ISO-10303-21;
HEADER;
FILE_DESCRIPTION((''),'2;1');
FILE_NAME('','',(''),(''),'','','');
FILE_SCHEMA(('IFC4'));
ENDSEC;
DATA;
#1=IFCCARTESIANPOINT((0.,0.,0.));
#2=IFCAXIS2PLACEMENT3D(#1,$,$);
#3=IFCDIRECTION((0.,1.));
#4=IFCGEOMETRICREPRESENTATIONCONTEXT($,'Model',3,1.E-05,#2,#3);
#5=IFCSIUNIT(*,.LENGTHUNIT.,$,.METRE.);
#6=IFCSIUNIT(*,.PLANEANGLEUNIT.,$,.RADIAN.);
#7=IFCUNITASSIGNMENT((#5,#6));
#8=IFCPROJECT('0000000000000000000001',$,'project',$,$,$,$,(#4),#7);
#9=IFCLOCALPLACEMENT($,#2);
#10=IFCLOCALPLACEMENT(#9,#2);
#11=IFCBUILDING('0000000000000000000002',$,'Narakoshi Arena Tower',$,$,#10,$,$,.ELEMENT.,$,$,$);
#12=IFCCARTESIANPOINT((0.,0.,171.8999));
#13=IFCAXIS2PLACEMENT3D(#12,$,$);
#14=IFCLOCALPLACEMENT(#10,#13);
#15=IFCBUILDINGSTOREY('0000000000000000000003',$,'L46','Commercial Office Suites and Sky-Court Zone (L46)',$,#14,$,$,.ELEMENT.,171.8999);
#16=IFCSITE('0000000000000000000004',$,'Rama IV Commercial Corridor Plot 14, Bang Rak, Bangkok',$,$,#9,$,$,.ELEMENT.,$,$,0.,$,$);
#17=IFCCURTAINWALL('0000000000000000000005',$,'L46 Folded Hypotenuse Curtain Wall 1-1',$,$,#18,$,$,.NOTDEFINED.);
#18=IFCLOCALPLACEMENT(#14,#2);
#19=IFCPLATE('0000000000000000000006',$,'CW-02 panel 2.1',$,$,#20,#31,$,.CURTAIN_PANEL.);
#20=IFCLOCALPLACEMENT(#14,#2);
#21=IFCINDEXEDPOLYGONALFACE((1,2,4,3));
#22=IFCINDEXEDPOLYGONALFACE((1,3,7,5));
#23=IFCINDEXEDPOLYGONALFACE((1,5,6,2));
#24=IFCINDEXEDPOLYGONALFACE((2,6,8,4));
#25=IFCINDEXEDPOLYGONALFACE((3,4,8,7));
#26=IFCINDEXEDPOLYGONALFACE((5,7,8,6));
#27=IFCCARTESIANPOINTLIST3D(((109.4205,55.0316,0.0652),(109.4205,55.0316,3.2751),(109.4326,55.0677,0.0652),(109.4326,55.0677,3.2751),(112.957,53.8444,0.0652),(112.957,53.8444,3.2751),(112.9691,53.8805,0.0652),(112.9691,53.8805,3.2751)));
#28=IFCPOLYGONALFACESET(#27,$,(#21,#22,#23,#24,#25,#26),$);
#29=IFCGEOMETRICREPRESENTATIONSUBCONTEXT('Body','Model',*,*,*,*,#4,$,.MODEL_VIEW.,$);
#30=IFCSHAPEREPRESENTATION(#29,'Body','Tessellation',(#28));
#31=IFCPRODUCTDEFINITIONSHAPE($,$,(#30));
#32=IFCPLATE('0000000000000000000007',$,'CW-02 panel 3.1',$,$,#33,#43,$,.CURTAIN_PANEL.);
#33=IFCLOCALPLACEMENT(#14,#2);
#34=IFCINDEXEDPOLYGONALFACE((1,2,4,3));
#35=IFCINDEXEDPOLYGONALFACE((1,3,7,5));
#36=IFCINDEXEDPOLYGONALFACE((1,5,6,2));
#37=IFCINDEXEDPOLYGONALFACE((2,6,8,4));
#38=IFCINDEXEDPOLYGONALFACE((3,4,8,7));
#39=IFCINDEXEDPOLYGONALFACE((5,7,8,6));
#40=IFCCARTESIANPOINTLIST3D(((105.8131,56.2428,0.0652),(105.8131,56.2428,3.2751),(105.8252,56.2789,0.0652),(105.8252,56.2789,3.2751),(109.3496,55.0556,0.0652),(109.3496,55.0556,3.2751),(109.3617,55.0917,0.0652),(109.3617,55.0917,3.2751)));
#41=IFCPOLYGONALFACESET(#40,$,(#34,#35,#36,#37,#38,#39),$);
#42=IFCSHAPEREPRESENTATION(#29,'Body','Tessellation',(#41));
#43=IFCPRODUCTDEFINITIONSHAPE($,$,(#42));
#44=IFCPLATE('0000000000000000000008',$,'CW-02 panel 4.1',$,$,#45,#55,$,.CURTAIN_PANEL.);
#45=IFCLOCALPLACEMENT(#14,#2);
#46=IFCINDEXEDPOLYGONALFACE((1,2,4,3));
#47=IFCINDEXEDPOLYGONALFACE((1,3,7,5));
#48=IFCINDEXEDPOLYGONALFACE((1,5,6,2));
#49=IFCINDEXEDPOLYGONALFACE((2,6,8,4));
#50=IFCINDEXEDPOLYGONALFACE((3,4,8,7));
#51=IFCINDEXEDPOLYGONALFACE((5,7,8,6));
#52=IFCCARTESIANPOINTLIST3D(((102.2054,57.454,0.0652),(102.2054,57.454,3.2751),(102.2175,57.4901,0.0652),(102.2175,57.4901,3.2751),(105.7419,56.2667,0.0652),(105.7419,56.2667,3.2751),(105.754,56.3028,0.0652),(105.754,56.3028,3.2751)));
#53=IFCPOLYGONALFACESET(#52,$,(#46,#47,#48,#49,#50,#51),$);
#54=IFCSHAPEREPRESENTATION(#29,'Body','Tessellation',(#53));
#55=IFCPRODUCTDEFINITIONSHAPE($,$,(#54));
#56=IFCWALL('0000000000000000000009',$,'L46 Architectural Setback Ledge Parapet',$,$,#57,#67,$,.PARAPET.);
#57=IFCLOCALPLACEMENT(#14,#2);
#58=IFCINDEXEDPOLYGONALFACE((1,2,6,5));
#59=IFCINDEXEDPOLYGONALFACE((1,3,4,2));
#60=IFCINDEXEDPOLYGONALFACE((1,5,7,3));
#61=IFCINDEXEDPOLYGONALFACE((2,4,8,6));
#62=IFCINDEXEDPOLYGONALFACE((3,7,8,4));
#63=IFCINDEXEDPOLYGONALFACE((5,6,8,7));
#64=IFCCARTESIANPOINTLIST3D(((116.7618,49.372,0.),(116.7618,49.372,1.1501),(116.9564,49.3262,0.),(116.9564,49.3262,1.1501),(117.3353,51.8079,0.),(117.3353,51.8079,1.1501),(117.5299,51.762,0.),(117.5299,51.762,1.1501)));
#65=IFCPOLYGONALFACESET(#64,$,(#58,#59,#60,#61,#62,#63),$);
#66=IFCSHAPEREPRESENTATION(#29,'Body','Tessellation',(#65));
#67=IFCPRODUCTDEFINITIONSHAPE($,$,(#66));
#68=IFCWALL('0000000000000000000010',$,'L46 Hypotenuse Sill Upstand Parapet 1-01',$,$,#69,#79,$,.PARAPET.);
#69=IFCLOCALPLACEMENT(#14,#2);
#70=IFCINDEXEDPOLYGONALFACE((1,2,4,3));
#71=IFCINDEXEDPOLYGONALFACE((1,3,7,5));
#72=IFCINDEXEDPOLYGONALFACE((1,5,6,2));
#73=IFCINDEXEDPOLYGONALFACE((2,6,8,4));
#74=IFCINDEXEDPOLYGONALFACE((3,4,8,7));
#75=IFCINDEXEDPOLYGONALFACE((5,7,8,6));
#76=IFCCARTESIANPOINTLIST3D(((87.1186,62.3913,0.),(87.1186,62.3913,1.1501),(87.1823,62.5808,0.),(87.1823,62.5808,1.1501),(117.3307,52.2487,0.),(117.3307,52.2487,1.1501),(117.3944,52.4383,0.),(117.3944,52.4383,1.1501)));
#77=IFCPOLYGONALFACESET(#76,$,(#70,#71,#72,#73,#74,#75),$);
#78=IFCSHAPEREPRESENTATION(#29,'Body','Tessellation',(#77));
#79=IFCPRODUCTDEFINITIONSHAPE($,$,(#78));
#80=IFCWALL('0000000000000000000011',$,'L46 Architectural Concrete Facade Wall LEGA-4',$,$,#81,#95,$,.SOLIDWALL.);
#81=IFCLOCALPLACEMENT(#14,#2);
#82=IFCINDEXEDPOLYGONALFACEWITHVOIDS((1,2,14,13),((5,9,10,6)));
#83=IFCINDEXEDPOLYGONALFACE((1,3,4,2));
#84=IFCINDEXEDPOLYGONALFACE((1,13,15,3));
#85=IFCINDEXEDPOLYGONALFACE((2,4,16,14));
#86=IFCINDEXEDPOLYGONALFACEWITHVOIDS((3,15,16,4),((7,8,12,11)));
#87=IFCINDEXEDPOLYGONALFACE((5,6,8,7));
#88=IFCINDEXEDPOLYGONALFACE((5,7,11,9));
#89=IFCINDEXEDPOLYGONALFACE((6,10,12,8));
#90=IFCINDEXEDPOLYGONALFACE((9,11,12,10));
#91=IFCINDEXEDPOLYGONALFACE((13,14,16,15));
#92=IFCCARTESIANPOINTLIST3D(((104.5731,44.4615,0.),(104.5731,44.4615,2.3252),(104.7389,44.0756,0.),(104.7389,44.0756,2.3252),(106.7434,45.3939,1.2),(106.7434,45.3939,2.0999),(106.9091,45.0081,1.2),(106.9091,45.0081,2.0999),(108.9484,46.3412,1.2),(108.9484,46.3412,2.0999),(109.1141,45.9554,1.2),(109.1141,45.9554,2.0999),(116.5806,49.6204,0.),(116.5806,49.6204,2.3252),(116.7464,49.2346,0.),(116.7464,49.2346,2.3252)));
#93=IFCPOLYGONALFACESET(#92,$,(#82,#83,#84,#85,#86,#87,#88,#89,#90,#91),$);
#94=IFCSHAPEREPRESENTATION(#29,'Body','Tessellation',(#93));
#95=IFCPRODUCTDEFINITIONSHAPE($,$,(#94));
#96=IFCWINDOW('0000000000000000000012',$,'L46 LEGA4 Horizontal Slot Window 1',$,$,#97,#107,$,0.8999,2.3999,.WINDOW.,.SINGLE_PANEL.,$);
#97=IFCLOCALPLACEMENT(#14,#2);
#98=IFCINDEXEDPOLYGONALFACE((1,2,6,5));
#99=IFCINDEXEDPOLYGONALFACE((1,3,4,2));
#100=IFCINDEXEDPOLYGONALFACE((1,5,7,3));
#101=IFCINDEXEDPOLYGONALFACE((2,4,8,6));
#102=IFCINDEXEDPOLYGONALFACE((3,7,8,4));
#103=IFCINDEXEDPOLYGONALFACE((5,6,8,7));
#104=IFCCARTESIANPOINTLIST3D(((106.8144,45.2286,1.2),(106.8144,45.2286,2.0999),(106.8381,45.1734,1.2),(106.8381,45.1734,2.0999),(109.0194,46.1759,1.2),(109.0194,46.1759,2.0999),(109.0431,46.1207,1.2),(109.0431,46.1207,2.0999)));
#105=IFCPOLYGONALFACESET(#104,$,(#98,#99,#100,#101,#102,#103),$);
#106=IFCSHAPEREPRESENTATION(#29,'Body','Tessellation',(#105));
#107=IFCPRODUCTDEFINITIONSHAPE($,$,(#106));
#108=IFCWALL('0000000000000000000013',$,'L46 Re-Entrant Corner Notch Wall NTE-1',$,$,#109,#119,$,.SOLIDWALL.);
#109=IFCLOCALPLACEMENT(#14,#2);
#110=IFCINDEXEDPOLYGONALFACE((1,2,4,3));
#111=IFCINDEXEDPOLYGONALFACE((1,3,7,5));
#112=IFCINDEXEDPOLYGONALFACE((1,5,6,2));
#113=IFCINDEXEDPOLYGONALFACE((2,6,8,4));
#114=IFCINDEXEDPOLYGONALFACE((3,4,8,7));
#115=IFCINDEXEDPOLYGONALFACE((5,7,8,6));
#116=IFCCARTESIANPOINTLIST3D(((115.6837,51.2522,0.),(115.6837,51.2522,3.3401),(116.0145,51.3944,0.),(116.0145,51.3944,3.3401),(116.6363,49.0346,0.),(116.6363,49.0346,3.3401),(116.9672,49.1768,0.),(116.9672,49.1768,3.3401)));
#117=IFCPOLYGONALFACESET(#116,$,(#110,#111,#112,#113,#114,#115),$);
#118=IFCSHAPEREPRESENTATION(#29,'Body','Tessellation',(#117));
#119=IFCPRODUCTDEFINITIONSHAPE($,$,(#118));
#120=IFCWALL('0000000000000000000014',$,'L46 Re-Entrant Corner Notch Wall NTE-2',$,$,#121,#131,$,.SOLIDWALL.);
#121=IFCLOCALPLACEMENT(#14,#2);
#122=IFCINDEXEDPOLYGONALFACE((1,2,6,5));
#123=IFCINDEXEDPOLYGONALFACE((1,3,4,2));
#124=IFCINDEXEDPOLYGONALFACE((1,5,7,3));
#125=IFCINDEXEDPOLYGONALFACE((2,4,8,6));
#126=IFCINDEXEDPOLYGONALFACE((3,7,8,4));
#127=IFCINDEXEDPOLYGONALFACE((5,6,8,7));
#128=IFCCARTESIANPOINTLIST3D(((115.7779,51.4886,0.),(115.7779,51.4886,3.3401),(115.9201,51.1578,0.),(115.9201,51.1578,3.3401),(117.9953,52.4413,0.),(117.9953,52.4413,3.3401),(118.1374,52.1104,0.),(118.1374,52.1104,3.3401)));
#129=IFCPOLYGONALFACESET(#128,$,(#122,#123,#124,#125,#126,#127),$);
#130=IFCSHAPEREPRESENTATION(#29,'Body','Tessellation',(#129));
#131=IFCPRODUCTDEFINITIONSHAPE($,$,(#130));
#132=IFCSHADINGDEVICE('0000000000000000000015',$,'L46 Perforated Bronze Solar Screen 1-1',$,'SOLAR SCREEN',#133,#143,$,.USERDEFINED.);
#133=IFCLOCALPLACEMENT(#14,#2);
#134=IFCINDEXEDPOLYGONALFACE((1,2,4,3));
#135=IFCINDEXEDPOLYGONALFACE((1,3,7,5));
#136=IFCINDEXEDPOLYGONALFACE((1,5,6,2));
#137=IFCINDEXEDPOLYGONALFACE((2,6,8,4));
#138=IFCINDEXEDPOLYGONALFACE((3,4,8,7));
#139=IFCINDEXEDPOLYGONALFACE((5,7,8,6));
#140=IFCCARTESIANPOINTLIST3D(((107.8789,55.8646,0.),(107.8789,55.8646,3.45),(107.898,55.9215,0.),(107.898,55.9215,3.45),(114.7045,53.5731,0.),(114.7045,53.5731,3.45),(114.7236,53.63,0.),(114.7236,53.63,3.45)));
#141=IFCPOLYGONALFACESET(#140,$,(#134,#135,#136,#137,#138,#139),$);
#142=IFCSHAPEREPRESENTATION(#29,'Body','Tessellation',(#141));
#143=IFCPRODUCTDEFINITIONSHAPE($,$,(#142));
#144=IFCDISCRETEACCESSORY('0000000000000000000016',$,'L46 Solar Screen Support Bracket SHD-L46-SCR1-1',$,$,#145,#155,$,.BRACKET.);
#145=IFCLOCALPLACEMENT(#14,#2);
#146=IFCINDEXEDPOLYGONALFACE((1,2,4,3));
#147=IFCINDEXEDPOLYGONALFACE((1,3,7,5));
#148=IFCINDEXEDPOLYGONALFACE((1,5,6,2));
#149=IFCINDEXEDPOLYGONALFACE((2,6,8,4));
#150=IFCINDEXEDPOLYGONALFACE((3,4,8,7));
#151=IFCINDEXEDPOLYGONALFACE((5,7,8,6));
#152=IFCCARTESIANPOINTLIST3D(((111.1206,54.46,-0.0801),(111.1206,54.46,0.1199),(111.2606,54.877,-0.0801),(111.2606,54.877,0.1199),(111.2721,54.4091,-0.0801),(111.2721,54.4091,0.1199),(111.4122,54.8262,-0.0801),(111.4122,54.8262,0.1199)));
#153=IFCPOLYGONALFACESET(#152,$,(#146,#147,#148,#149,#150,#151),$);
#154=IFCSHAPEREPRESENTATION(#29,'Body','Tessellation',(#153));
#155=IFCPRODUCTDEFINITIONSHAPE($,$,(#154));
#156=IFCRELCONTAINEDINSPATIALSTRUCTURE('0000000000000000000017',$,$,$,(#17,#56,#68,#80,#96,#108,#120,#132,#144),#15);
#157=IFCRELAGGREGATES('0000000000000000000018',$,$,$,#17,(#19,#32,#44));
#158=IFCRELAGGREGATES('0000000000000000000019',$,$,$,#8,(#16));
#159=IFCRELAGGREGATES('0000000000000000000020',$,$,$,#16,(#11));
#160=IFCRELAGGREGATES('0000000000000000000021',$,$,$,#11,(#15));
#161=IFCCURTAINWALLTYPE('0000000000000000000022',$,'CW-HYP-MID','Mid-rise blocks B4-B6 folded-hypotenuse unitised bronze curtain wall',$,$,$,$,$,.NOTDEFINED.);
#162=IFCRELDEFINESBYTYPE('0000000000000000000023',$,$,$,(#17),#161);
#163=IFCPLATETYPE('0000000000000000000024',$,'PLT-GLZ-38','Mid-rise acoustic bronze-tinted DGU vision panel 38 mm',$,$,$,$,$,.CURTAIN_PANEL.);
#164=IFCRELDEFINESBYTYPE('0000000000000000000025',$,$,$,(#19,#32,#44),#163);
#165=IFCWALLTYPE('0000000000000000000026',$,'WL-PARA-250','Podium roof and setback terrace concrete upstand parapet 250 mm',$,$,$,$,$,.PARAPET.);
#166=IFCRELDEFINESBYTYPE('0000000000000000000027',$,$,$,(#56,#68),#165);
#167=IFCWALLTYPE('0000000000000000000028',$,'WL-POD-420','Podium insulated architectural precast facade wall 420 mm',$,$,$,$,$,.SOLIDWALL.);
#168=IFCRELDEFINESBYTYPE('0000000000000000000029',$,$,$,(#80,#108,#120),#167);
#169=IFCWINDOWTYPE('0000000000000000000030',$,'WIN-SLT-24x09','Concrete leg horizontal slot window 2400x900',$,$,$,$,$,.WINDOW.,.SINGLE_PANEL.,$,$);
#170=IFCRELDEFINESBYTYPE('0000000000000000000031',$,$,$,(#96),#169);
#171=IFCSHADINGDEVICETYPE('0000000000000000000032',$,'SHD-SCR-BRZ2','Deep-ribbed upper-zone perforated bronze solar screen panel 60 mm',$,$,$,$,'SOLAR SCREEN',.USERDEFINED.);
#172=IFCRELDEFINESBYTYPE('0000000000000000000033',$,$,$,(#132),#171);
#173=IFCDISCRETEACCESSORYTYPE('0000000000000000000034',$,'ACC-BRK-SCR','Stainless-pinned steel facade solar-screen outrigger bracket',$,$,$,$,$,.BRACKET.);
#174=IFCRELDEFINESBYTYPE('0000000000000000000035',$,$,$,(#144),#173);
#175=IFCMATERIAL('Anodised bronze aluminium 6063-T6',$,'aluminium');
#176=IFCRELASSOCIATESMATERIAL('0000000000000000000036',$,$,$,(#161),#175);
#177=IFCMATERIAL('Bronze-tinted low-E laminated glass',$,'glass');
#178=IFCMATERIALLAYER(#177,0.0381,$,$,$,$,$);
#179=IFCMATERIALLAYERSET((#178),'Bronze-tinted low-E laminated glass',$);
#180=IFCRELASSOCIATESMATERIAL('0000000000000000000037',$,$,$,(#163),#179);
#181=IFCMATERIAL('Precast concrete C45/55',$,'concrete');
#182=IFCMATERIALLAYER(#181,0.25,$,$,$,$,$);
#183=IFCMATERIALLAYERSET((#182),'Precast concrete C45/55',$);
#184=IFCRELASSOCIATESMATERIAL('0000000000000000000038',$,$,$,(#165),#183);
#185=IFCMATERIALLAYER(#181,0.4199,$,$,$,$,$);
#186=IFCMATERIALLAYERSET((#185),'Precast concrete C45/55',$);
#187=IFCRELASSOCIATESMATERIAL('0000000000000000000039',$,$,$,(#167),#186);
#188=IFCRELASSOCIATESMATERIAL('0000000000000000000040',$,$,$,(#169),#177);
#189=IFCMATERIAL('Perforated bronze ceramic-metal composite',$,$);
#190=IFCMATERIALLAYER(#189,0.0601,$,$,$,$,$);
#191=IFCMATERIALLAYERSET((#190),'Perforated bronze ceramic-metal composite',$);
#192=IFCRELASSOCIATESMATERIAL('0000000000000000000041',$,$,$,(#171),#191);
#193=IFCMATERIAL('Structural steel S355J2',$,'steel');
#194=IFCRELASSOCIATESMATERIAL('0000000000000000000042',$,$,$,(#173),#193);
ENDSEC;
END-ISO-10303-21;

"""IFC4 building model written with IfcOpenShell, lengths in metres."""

from ifc_helpers import new_model, si_unit, direction, frame, frame_2d, origin, origin_2d, place, context, subcontext, project, spatial, rectangle, extrude, material, layer, layer_set, type_object, element, fill, aggregate, save


model = new_model("IFC4")

# Units and contexts
model_context = context("Model", 3, precision=1e-05, world=origin(), true_north=direction((0.0, 1.0)))
body_context = subcontext(model_context, "Body", "Model", "MODEL_VIEW")
ifc_project = project(units=[si_unit("LENGTHUNIT", "METRE"), si_unit("PLANEANGLEUNIT", "RADIAN")], contexts=[model_context])

# Site, building, storey
site_placement = place(None, origin())
site = spatial("IfcSite", under=ifc_project, at=site_placement, Name="Rama IV Commercial Corridor Plot 14, Bang Rak, Bangkok", CompositionType="ELEMENT", RefElevation=0.0)
building_placement = place(site_placement, origin())
building = spatial("IfcBuilding", under=site, at=building_placement, Name="Narakoshi Arena Tower", CompositionType="ELEMENT")
storey_placement = place(building_placement, frame((0.0, 0.0, 171.8999)))
storey = spatial("IfcBuildingStorey", under=building, at=storey_placement, Name="L46", Description="Commercial Office Suites and Sky-Court Zone (L46)", CompositionType="ELEMENT", Elevation=171.8999)

# Curtain wall, plates
ifc_material_1 = material(Name="Anodised bronze aluminium 6063-T6", Category="aluminium")
curtain_wall_type = type_object("IfcCurtainWallType", Name="CW-HYP-MID", Description="Mid-rise blocks B4-B6 folded-hypotenuse unitised bronze curtain wall", PredefinedType="NOTDEFINED", material=ifc_material_1)
curtain_wall_placement = place(storey_placement, origin())
curtain_wall = element("IfcCurtainWall", 1, at=curtain_wall_placement, inside=storey, type_object=curtain_wall_type, Name="L46 Folded Hypotenuse Curtain Wall 1-1", PredefinedType="NOTDEFINED")
ifc_material_2 = material(Name="Bronze-tinted low-E laminated glass", Category="glass")
ifc_layer_1 = layer(ifc_material_2, 0.0381)
ifc_layer_set_1 = layer_set([ifc_layer_1], Name="Bronze-tinted low-E laminated glass")
plate_type = type_object("IfcPlateType", Name="PLT-GLZ-38", Description="Mid-rise acoustic bronze-tinted DGU vision panel 38 mm", PredefinedType="CURTAIN_PANEL", material=ifc_layer_set_1)
plate_1_placement = place(storey_placement, frame((111.1948, 54.4561, 0.0652), z_axis=(0.0, 0.0, 1.0), x_axis=(-0.948003, 0.318261, 0.0)))
plate_1 = element("IfcPlate", 2, at=plate_1_placement, type_object=plate_type, Name="CW-02 panel 2.1", PredefinedType="CURTAIN_PANEL", context=body_context, shape_type="SweptSolid", body=[
    extrude(rectangle(XDim=3.7305, YDim=0.0381, at=origin_2d()), origin(), (0.0, 0.0, 1.0), 3.21),
])
plate_2_placement = place(storey_placement, frame((107.5874, 55.6672, 0.0652), z_axis=(0.0, 0.0, 1.0), x_axis=(-0.948003, 0.318261, 0.0)))
plate_2 = element("IfcPlate", 3, at=plate_2_placement, type_object=plate_type, Name="CW-02 panel 3.1", PredefinedType="CURTAIN_PANEL", context=body_context, shape_type="SweptSolid", body=[
    extrude(rectangle(XDim=3.7305, YDim=0.0381, at=origin_2d()), origin(), (0.0, 0.0, 1.0), 3.21),
])
plate_3_placement = place(storey_placement, frame((103.9797, 56.8784, 0.0652), z_axis=(0.0, 0.0, 1.0), x_axis=(-0.948003, 0.318261, 0.0)))
plate_3 = element("IfcPlate", 4, at=plate_3_placement, type_object=plate_type, Name="CW-02 panel 4.1", PredefinedType="CURTAIN_PANEL", context=body_context, shape_type="SweptSolid", body=[
    extrude(rectangle(XDim=3.7305, YDim=0.0381, at=origin_2d()), origin(), (0.0, 0.0, 1.0), 3.21),
])
aggregate(curtain_wall, [plate_1, plate_2, plate_3])

# Walls
ifc_material_3 = material(Name="Precast concrete C45/55", Category="concrete")
ifc_layer_2 = layer(ifc_material_3, 0.25)
ifc_layer_set_2 = layer_set([ifc_layer_2], Name="Precast concrete C45/55")
wall_type_1 = type_object("IfcWallType", Name="WL-PARA-250", Description="Podium roof and setback terrace concrete upstand parapet 250 mm", PredefinedType="PARAPET", material=ifc_layer_set_2)
wall_1_placement = place(storey_placement, frame((116.8591, 49.3491, 0.0), z_axis=(0.0, 0.0, 1.0), x_axis=(0.229175, 0.973385, 0.0)))
element("IfcWall", 5, at=wall_1_placement, inside=storey, type_object=wall_type_1, Name="L46 Architectural Setback Ledge Parapet", PredefinedType="PARAPET", context=body_context, shape_type="SweptSolid", body=[
    extrude(rectangle(XDim=2.5024, YDim=0.2, at=frame_2d((1.2512, 0.0))), origin(), (0.0, 0.0, 1.0), 1.1501),
])
wall_2_placement = place(storey_placement, frame((117.3625, 52.3435, 0.0), z_axis=(0.0, 0.0, 1.0), x_axis=(-0.948005, 0.318256, 0.0)))
element("IfcWall", 6, at=wall_2_placement, inside=storey, type_object=wall_type_1, Name="L46 Hypotenuse Sill Upstand Parapet 1-01", PredefinedType="PARAPET", context=body_context, shape_type="SweptSolid", body=[
    extrude(rectangle(XDim=31.8691, YDim=0.2, at=frame_2d((15.9346, 0.0))), origin(), (0.0, 0.0, 1.0), 1.1501),
])

# Wall, opening, window
ifc_layer_3 = layer(ifc_material_3, 0.4199)
ifc_layer_set_3 = layer_set([ifc_layer_3], Name="Precast concrete C45/55")
wall_type_2 = type_object("IfcWallType", Name="WL-POD-420", Description="Podium insulated architectural precast facade wall 420 mm", PredefinedType="SOLIDWALL", material=ifc_layer_set_3)
wall_3_placement = place(storey_placement, frame((104.656, 44.2686, 0.0), z_axis=(0.0, 0.0, 1.0), x_axis=(0.918789, 0.394749, 0.0)))
wall_3 = element("IfcWall", 7, at=wall_3_placement, inside=storey, type_object=wall_type_2, Name="L46 Architectural Concrete Facade Wall LEGA-4", PredefinedType="SOLIDWALL", context=body_context, shape_type="SweptSolid", body=[
    extrude(rectangle(XDim=13.0688, YDim=0.4199, at=frame_2d((6.5344, 0.0))), origin(), (0.0, 0.0, 1.0), 2.3252),
])
opening_placement = place(wall_3_placement, frame((2.3621, 0.0, 1.2)))
opening = element("IfcOpeningElement", 8, at=opening_placement, cuts=wall_3, PredefinedType="OPENING", context=body_context, shape_type="SweptSolid", body=[
    extrude(rectangle(XDim=2.3999, YDim=0.8999, at=frame_2d((1.2, 0.45))), frame((0.0, 0.22, 0.0), z_axis=(0.0, -1.0, 0.0), x_axis=(1.0, 0.0, 0.0)), (0.0, 0.0, 1.0), 0.4399),
])
window_type = type_object("IfcWindowType", Name="WIN-SLT-24x09", Description="Concrete leg horizontal slot window 2400x900", PartitioningType="SINGLE_PANEL", PredefinedType="WINDOW", material=ifc_material_2)
window_placement = place(opening_placement, origin())
window = element("IfcWindow", 9, at=window_placement, inside=storey, type_object=window_type, Name="L46 LEGA4 Horizontal Slot Window 1", OverallHeight=0.8999, OverallWidth=2.3999, PartitioningType="SINGLE_PANEL", PredefinedType="WINDOW", context=body_context, shape_type="SweptSolid", body=[
    extrude(rectangle(XDim=2.3999, YDim=0.8999, at=frame_2d((1.2, 0.45))), frame((0.0, 0.03, 0.0), z_axis=(0.0, -1.0, 0.0), x_axis=(1.0, 0.0, 0.0)), (0.0, 0.0, 1.0), 0.0601),
])
fill(opening, window)

# Walls
wall_4_placement = place(storey_placement, frame((116.8018, 49.1057, 0.0), z_axis=(0.0, 0.0, 1.0), x_axis=(-0.394713, 0.918805, 0.0)))
element("IfcWall", 10, at=wall_4_placement, inside=storey, type_object=wall_type_2, Name="L46 Re-Entrant Corner Notch Wall NTE-1", PredefinedType="SOLIDWALL", context=body_context, shape_type="SweptSolid", body=[
    extrude(rectangle(XDim=2.4136, YDim=0.3601, at=frame_2d((1.2068, 0.0))), origin(), (0.0, 0.0, 1.0), 3.3401),
])
wall_5_placement = place(storey_placement, frame((115.8491, 51.3232, 0.0), z_axis=(0.0, 0.0, 1.0), x_axis=(0.918789, 0.394749, 0.0)))
element("IfcWall", 11, at=wall_5_placement, inside=storey, type_object=wall_type_2, Name="L46 Re-Entrant Corner Notch Wall NTE-2", PredefinedType="SOLIDWALL", context=body_context, shape_type="SweptSolid", body=[
    extrude(rectangle(XDim=2.4133, YDim=0.3601, at=frame_2d((1.2065, 0.0))), origin(), (0.0, 0.0, 1.0), 3.3401),
])

# Shading device
ifc_material_4 = material(Name="Perforated bronze ceramic-metal composite")
ifc_layer_4 = layer(ifc_material_4, 0.0601)
ifc_layer_set_4 = layer_set([ifc_layer_4], Name="Perforated bronze ceramic-metal composite")
shading_device_type = type_object("IfcShadingDeviceType", Name="SHD-SCR-BRZ2", Description="Deep-ribbed upper-zone perforated bronze solar screen panel 60 mm", ElementType="SOLAR SCREEN", PredefinedType="USERDEFINED", material=ifc_layer_set_4)
shading_device_placement = place(storey_placement, frame((111.3013, 54.7473, 0.0), z_axis=(0.0, 0.0, 1.0), x_axis=(-0.948002, 0.318264, 0.0)))
element("IfcShadingDevice", 12, at=shading_device_placement, inside=storey, type_object=shading_device_type, Name="L46 Perforated Bronze Solar Screen 1-1", ObjectType="SOLAR SCREEN", PredefinedType="USERDEFINED", context=body_context, shape_type="SweptSolid", body=[
    extrude(rectangle(XDim=7.2, YDim=0.0601, at=origin_2d()), origin(), (0.0, 0.0, 1.0), 3.45),
])

# Discrete accessory
ifc_material_5 = material(Name="Structural steel S355J2", Category="steel")
discrete_accessory_type = type_object("IfcDiscreteAccessoryType", Name="ACC-BRK-SCR", Description="Stainless-pinned steel facade solar-screen outrigger bracket", PredefinedType="BRACKET", material=ifc_material_5)
discrete_accessory_placement = place(storey_placement, frame((111.2664, 54.6431, -0.0801), z_axis=(0.0, 0.0, 1.0), x_axis=(-0.948002, 0.318264, 0.0)))
element("IfcDiscreteAccessory", 13, at=discrete_accessory_placement, inside=storey, type_object=discrete_accessory_type, Name="L46 Solar Screen Support Bracket SHD-L46-SCR1-1", PredefinedType="BRACKET", context=body_context, shape_type="SweptSolid", body=[
    extrude(rectangle(XDim=0.1599, YDim=0.4399, at=origin_2d()), origin(), (0.0, 0.0, 1.0), 0.2),
])

save(model, "model.ifc")
